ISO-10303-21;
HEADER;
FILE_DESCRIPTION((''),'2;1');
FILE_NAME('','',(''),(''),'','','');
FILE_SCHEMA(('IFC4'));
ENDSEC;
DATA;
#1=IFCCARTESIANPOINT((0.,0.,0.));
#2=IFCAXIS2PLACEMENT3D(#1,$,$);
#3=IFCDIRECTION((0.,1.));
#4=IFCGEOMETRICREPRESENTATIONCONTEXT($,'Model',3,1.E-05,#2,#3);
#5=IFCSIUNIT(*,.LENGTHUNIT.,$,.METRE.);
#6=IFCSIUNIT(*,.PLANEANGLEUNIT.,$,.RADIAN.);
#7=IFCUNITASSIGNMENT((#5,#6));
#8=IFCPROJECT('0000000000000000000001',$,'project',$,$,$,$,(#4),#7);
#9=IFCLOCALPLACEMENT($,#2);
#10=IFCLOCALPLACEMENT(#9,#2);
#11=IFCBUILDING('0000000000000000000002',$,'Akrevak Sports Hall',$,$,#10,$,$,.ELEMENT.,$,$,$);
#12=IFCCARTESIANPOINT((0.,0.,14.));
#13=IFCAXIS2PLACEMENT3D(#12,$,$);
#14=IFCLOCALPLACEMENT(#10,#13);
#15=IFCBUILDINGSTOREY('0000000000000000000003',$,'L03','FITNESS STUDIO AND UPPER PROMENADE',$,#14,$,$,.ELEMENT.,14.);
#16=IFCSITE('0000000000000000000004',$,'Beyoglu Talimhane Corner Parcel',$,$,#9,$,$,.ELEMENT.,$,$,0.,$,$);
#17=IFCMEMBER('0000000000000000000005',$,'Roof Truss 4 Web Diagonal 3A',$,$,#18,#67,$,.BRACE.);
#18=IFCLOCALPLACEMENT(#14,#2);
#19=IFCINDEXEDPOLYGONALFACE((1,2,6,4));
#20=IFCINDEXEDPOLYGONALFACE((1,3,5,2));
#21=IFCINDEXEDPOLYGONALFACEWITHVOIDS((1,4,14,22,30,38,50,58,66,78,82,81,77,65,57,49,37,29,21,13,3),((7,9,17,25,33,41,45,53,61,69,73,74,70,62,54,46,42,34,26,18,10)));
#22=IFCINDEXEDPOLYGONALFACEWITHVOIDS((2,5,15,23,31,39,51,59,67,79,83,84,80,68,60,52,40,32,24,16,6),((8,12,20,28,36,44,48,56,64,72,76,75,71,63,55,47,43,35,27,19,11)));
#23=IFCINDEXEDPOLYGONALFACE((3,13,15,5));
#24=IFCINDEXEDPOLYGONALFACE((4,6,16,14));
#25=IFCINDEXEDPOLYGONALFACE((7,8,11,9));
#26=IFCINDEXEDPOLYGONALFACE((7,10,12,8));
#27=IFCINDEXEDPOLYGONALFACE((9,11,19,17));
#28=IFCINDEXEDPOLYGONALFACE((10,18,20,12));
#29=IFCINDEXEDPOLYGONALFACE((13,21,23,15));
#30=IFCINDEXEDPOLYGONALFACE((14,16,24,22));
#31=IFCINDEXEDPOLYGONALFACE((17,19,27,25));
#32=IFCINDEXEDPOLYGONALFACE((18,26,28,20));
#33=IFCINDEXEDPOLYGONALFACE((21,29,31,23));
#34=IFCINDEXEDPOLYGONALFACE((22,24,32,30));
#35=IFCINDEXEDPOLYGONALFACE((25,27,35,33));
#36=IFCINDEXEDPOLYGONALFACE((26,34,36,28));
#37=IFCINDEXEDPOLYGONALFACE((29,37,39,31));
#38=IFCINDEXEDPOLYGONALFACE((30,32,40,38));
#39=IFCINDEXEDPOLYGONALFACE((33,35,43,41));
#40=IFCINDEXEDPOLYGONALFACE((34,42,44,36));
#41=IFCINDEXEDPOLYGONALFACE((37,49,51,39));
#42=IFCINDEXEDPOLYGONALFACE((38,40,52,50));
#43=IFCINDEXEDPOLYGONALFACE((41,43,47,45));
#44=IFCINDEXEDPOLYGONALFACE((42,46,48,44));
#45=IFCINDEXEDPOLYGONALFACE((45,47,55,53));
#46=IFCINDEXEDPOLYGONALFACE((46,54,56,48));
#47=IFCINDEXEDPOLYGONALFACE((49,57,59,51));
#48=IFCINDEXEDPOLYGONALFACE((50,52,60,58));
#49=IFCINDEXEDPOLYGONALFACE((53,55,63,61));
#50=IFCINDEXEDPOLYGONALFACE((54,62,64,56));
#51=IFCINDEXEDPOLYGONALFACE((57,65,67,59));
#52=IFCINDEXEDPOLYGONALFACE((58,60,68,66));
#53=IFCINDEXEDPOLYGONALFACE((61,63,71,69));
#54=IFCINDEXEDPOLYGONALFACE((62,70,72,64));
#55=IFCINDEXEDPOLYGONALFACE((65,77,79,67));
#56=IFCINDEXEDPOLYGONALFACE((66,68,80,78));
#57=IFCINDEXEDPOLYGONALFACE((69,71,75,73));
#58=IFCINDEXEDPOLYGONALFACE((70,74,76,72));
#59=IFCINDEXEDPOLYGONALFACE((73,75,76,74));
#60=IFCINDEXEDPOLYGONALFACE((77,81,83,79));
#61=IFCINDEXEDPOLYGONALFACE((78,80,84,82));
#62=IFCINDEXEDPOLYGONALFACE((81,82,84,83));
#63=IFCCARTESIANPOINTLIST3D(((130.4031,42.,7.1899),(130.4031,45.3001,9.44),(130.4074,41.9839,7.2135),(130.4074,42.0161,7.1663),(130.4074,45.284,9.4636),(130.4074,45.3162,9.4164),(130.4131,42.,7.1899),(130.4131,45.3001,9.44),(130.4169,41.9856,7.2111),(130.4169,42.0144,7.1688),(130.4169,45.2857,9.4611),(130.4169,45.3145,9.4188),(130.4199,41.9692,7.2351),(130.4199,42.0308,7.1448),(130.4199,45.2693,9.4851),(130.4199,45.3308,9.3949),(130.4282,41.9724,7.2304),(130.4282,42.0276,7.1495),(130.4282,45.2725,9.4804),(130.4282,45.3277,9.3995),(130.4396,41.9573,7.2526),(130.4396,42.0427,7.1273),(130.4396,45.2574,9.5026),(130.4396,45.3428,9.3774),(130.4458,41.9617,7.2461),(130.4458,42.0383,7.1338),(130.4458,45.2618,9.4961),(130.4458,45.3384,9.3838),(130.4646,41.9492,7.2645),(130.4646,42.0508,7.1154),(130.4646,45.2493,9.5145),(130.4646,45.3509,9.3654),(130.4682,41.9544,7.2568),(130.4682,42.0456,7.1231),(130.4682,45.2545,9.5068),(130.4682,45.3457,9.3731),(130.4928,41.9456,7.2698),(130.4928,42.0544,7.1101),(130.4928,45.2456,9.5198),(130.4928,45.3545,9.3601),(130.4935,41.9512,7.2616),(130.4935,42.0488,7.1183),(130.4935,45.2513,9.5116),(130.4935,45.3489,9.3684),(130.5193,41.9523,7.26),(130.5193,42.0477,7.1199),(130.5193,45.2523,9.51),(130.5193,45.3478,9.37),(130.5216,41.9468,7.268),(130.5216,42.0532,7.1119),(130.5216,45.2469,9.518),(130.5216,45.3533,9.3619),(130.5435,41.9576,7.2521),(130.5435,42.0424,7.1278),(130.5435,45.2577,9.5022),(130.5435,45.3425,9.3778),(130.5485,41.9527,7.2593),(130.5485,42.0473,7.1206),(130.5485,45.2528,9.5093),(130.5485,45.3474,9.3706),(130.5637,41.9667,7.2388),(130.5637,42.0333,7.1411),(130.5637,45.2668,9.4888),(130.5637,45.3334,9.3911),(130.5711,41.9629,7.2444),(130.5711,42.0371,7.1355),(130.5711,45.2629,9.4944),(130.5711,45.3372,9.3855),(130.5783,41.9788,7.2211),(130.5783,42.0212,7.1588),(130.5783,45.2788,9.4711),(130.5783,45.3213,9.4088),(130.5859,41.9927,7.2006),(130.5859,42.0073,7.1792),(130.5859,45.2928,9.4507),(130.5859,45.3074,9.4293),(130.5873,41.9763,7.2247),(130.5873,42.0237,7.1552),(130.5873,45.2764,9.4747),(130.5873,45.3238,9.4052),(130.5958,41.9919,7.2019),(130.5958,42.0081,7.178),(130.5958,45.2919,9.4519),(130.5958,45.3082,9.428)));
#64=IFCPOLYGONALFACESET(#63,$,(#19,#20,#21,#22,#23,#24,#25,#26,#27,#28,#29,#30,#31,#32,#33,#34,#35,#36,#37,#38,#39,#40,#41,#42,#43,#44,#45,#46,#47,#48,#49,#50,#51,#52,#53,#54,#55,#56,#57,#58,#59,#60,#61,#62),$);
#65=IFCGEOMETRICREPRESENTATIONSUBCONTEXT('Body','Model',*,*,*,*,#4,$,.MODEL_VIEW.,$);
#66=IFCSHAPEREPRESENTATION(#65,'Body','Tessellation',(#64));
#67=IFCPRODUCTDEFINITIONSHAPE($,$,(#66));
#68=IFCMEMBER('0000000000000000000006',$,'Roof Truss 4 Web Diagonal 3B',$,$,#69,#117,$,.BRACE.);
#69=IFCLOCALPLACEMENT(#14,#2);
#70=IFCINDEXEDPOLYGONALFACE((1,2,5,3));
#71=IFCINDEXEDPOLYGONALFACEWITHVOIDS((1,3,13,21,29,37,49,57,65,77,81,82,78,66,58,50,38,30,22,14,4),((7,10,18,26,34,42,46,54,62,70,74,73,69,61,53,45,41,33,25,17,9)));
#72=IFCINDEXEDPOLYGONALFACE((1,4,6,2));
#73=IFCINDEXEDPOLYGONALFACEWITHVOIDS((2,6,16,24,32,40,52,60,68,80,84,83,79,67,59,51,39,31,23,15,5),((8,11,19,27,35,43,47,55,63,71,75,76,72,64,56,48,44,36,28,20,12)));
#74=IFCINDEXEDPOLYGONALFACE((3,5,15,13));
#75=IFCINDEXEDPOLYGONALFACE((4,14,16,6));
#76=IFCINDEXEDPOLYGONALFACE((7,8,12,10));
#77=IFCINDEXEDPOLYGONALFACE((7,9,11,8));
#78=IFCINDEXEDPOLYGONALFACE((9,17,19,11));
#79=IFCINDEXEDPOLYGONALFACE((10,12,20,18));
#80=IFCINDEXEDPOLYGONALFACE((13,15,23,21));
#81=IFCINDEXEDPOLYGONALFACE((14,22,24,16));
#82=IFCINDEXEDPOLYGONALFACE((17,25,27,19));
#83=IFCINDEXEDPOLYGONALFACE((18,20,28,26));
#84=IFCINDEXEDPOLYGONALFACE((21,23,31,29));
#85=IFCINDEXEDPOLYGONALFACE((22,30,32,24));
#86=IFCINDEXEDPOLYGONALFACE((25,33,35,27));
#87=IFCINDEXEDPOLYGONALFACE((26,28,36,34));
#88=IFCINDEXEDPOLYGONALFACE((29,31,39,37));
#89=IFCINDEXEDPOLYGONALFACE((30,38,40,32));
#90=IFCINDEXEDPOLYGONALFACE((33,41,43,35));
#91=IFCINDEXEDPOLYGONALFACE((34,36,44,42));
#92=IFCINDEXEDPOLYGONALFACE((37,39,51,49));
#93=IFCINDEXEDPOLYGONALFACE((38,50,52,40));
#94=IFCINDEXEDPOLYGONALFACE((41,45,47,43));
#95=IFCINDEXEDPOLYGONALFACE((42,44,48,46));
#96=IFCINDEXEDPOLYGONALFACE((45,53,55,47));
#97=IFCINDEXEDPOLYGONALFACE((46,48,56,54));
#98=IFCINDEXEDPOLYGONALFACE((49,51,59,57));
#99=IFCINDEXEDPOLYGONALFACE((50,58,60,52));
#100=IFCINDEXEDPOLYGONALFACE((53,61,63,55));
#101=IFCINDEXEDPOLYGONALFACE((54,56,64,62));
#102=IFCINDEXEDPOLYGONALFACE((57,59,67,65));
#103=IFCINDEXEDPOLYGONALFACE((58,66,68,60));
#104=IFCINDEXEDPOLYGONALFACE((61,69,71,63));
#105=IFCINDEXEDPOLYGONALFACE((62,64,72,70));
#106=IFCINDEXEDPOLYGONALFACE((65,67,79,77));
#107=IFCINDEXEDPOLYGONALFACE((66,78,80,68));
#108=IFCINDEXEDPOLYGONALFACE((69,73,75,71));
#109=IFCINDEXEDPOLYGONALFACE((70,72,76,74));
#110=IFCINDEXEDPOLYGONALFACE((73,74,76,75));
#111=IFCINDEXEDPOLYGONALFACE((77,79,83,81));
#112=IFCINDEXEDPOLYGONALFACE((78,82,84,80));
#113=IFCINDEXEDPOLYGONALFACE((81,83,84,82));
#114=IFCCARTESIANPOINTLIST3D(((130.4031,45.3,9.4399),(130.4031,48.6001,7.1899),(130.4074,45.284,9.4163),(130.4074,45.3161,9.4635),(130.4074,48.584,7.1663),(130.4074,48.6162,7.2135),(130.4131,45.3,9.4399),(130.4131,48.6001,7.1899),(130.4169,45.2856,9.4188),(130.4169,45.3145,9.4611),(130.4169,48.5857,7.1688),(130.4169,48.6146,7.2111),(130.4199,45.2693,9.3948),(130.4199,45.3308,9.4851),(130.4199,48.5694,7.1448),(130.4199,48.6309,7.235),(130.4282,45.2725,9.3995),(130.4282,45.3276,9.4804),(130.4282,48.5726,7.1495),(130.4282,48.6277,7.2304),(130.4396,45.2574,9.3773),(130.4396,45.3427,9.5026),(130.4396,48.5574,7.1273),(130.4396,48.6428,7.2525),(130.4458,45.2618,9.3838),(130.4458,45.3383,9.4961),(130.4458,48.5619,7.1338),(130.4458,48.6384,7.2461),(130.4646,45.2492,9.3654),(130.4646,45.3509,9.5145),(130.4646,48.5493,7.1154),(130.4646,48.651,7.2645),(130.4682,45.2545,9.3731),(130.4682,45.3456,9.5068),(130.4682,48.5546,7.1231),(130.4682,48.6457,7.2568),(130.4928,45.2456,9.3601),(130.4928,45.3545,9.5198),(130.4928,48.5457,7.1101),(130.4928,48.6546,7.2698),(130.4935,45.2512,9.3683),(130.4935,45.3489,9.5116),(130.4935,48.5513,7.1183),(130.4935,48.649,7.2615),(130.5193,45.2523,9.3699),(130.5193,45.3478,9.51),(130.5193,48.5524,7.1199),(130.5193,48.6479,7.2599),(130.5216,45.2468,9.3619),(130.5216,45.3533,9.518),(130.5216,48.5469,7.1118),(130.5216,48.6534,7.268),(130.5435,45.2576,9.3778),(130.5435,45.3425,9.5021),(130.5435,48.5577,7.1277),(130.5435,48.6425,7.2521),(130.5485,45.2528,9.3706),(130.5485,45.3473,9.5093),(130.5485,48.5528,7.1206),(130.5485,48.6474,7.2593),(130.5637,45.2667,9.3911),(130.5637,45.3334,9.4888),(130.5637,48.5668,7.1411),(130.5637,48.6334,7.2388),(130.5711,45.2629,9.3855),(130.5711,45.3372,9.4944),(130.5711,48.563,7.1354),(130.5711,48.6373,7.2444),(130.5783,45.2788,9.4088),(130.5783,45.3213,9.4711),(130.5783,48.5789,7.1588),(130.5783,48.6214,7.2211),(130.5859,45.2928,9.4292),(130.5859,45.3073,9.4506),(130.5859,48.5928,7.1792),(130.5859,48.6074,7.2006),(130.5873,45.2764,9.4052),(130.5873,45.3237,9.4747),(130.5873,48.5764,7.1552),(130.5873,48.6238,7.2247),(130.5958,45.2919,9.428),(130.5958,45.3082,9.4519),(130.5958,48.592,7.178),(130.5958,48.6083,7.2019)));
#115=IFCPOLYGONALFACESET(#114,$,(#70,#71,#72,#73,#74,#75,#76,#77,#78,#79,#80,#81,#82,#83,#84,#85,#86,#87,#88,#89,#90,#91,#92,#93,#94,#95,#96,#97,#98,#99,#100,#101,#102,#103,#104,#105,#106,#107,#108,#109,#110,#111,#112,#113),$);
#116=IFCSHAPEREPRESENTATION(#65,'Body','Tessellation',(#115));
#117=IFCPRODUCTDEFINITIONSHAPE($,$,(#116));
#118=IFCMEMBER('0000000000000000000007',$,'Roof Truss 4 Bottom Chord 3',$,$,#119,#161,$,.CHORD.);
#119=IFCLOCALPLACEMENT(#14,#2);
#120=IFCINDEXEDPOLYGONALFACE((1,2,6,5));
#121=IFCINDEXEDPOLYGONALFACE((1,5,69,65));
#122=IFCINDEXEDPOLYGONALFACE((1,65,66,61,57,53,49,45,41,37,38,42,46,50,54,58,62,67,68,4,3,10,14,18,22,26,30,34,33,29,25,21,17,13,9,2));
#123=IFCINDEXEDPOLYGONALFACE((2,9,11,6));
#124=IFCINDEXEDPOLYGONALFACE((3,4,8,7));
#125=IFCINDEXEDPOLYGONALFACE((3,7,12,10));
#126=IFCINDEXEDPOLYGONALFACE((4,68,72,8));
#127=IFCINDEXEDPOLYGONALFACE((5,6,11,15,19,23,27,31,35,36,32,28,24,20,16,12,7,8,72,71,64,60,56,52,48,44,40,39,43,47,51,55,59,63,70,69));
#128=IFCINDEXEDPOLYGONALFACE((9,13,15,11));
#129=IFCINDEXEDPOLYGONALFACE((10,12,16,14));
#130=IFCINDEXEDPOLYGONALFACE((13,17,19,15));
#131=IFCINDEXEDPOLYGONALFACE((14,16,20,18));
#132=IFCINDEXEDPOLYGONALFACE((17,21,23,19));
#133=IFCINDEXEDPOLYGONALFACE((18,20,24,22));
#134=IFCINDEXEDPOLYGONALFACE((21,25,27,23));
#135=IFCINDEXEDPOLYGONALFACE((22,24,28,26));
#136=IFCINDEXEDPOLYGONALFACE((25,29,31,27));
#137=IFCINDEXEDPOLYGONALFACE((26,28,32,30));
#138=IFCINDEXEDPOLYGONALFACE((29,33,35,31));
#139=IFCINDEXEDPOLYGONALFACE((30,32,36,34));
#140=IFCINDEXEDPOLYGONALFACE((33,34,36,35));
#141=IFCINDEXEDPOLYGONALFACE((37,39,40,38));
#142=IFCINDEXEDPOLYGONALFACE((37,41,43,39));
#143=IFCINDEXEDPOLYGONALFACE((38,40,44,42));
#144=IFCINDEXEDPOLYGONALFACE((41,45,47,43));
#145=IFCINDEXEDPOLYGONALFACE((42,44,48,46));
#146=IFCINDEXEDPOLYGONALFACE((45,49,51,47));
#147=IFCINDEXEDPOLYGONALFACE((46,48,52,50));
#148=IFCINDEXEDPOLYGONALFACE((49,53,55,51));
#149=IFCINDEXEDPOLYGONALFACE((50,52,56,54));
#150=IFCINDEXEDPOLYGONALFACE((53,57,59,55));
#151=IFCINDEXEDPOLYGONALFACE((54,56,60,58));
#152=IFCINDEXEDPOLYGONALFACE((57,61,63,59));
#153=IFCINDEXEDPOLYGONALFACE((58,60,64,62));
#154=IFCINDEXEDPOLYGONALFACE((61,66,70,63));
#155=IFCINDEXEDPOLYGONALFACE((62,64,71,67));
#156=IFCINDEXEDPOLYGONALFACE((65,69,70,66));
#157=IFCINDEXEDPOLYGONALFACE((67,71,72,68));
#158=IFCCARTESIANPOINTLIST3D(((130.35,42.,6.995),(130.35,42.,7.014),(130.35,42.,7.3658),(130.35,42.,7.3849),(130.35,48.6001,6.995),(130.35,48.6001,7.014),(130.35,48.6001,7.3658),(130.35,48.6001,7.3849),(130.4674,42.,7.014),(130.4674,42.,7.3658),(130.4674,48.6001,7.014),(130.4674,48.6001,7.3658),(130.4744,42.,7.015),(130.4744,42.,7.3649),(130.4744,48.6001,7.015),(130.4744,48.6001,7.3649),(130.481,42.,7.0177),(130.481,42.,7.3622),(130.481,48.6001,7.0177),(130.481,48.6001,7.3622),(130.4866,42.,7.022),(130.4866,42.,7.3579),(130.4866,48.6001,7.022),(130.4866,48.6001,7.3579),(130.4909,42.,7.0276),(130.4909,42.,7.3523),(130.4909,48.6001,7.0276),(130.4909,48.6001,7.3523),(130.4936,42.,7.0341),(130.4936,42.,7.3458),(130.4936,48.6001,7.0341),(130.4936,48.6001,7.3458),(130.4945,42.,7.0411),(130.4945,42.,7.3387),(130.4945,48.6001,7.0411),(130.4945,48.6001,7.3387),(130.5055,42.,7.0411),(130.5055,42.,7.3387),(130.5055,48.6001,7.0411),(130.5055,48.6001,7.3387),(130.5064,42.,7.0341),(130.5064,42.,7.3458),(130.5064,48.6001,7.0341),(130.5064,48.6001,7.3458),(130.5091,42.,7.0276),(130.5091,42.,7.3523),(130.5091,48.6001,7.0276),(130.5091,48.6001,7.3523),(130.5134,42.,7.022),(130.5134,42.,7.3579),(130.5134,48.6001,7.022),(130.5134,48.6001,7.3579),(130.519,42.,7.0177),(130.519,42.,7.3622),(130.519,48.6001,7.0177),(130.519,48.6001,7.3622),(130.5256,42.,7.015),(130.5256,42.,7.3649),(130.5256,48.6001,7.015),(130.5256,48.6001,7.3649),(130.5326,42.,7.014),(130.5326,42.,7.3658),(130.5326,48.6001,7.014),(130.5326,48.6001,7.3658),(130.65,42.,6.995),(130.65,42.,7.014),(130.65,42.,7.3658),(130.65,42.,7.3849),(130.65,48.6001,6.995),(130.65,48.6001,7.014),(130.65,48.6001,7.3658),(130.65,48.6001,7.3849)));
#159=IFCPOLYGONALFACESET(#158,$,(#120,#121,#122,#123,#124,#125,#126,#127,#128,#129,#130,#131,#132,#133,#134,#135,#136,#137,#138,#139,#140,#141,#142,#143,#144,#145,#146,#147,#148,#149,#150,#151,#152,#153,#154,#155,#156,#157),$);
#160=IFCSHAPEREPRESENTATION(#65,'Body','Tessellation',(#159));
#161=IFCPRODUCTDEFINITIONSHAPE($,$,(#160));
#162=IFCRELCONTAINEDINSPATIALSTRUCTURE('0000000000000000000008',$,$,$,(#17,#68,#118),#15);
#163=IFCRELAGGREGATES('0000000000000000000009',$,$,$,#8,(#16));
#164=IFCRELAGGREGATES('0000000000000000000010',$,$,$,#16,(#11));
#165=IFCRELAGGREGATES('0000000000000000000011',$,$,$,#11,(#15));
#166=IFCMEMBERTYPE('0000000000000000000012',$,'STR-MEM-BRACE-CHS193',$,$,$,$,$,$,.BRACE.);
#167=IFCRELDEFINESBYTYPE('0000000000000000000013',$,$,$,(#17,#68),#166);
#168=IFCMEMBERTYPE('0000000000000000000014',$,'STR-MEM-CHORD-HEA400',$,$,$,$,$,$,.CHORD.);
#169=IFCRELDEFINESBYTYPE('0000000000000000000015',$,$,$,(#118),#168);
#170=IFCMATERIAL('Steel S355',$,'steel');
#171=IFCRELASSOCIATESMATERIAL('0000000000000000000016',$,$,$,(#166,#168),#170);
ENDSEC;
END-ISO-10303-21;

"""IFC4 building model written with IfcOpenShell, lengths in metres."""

from ifc_helpers import new_model, si_unit, direction, frame, origin, origin_2d, place, context, subcontext, project, spatial, hollow_circle, i_section, extrude, material, material_profile, profile_set, type_object, element, save


model = new_model("IFC4")

# Units and contexts
model_context = context("Model", 3, precision=1e-05, world=origin(), true_north=direction((0.0, 1.0)))
body_context = subcontext(model_context, "Body", "Model", "MODEL_VIEW")
ifc_project = project(units=[si_unit("LENGTHUNIT", "METRE"), si_unit("PLANEANGLEUNIT", "RADIAN")], contexts=[model_context])

# Site, building, storey
site_placement = place(None, origin())
site = spatial("IfcSite", under=ifc_project, at=site_placement, Name="Beyoglu Talimhane Corner Parcel", CompositionType="ELEMENT", RefElevation=0.0)
building_placement = place(site_placement, origin())
building = spatial("IfcBuilding", under=site, at=building_placement, Name="Akrevak Sports Hall", CompositionType="ELEMENT")
storey_placement = place(building_placement, frame((0.0, 0.0, 14.0)))
storey = spatial("IfcBuildingStorey", under=building, at=storey_placement, Name="L03", Description="FITNESS STUDIO AND UPPER PROMENADE", CompositionType="ELEMENT", Elevation=14.0)

# Shared definitions
ifc_material_1 = material(Name="Steel S355", Category="steel")

# Members
ifc_material_profile_1 = material_profile(ifc_material_1, hollow_circle(Radius=0.0969, WallThickness=0.01, at=origin_2d()), Name="CHS 193.7x10", Category="steel")
ifc_profile_set_1 = profile_set([ifc_material_profile_1], Name="Steel S355")
member_type_1 = type_object("IfcMemberType", Name="STR-MEM-BRACE-CHS193", PredefinedType="BRACE", material=ifc_profile_set_1)
for number, where, z_axis, x_axis, name in (
    (1, (130.5, 42.0, 7.1899), (0.0, 0.826231, 0.563331), (-1.0, 0.0, 0.0), "Roof Truss 4 Web Diagonal 3A"),
    (2, (130.5, 45.3, 9.4399), (0.0, 0.826231, -0.563331), (-1.0, 0.0, 0.0), "Roof Truss 4 Web Diagonal 3B"),
):
    element("IfcMember", number, at=place(storey_placement, frame(where, z_axis=z_axis, x_axis=x_axis)), inside=storey, type_object=member_type_1, Name=name, PredefinedType="BRACE", context=body_context, shape_type="SweptSolid", body=[
        extrude(hollow_circle(Radius=0.0969, WallThickness=0.01, at=origin_2d()), origin(), (0.0, 0.0, 1.0), 3.9941),
    ])
ifc_material_profile_2 = material_profile(ifc_material_1, i_section(OverallWidth=0.3, OverallDepth=0.3899, WebThickness=0.011, FlangeThickness=0.019, FilletRadius=0.0271, at=origin_2d()), Name="HEA 400", Category="steel")
ifc_profile_set_2 = profile_set([ifc_material_profile_2], Name="Steel S355")
member_type_2 = type_object("IfcMemberType", Name="STR-MEM-CHORD-HEA400", PredefinedType="CHORD", material=ifc_profile_set_2)
member_1_placement = place(storey_placement, frame((130.5, 42.0, 7.1899), z_axis=(0.0, 1.0, 0.0), x_axis=(-1.0, 0.0, 0.0)))
element("IfcMember", 3, at=member_1_placement, inside=storey, type_object=member_type_2, Name="Roof Truss 4 Bottom Chord 3", PredefinedType="CHORD", context=body_context, shape_type="SweptSolid", body=[
    extrude(i_section(OverallWidth=0.3, OverallDepth=0.3899, WebThickness=0.011, FlangeThickness=0.019, FilletRadius=0.0271, at=origin_2d()), origin(), (0.0, 0.0, 1.0), 6.6001),
])

save(model, "model.ifc")
